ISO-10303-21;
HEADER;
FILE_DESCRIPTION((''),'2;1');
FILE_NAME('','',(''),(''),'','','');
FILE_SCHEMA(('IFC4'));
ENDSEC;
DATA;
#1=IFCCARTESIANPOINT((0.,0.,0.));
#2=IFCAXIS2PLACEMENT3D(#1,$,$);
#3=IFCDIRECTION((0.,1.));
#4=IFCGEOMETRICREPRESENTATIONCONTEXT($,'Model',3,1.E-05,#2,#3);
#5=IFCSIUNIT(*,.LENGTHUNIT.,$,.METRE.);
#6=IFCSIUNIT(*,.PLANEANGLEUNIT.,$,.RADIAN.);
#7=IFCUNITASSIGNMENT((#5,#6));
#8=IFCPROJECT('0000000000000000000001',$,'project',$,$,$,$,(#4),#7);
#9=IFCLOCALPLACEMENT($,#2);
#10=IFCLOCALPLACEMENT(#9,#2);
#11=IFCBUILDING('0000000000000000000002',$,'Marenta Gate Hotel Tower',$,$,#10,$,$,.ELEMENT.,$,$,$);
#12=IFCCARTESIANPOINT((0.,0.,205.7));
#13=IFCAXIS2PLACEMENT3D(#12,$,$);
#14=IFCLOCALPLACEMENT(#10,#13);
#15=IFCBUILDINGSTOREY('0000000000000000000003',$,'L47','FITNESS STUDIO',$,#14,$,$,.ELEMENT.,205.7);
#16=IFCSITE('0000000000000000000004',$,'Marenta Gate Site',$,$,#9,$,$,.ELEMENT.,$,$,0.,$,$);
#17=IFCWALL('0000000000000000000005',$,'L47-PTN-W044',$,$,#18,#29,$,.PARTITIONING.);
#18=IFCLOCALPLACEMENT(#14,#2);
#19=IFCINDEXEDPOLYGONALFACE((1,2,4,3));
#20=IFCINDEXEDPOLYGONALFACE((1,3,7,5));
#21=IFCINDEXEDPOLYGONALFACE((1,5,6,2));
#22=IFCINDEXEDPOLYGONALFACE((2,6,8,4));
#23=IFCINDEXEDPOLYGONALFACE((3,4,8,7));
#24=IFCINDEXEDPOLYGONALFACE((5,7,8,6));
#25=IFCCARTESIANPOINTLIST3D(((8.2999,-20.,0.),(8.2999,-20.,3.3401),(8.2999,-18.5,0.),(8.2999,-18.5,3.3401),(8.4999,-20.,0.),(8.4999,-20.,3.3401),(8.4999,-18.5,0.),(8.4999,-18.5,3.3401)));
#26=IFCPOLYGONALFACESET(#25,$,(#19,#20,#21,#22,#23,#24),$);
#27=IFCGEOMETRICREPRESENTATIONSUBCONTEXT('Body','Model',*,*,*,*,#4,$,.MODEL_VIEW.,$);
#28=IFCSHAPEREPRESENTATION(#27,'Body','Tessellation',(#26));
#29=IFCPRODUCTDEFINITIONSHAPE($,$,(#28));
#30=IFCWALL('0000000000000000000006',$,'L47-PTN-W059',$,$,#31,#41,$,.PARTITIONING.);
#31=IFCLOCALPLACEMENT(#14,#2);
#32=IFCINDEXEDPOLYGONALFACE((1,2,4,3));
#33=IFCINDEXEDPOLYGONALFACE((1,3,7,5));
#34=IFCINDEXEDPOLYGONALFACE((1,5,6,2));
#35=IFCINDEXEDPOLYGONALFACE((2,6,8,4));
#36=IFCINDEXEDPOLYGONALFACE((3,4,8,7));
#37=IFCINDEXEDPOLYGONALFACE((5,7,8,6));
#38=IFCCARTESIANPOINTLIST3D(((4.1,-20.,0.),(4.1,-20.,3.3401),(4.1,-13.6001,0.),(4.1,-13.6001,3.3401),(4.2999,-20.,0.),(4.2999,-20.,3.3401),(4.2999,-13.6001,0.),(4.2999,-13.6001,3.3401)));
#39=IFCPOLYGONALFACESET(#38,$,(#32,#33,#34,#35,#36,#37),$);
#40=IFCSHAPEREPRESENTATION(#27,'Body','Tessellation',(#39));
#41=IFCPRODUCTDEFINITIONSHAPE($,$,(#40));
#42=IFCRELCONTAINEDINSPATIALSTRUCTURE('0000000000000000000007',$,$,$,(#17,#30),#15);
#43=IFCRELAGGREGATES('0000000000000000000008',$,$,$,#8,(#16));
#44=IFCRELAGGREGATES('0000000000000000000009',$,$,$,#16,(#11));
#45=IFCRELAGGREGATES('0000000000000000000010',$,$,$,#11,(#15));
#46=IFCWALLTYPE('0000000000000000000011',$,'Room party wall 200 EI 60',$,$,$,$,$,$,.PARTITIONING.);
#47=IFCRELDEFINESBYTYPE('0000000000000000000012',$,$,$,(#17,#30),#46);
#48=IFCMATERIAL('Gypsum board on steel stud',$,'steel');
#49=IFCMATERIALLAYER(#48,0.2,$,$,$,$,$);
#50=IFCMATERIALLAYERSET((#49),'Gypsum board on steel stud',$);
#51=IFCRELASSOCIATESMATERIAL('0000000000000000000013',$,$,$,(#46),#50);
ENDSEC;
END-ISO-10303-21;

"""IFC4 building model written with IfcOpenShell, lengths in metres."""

from ifc_helpers import new_model, si_unit, direction, frame, frame_2d, origin, place, context, subcontext, project, spatial, rectangle, extrude, material, layer, layer_set, type_object, element, save


model = new_model("IFC4")

# Units and contexts
model_context = context("Model", 3, precision=1e-05, world=origin(), true_north=direction((0.0, 1.0)))
body_context = subcontext(model_context, "Body", "Model", "MODEL_VIEW")
ifc_project = project(units=[si_unit("LENGTHUNIT", "METRE"), si_unit("PLANEANGLEUNIT", "RADIAN")], contexts=[model_context])

# Site, building, storey
site_placement = place(None, origin())
site = spatial("IfcSite", under=ifc_project, at=site_placement, Name="Marenta Gate Site", CompositionType="ELEMENT", RefElevation=0.0)
building_placement = place(site_placement, origin())
building = spatial("IfcBuilding", under=site, at=building_placement, Name="Marenta Gate Hotel Tower", CompositionType="ELEMENT")
storey_placement = place(building_placement, frame((0.0, 0.0, 205.7)))
storey = spatial("IfcBuildingStorey", under=building, at=storey_placement, Name="L47", Description="FITNESS STUDIO", CompositionType="ELEMENT", Elevation=205.7)

# Walls
ifc_material_1 = material(Name="Gypsum board on steel stud", Category="steel")
ifc_layer_1 = layer(ifc_material_1, 0.2)
ifc_layer_set_1 = layer_set([ifc_layer_1], Name="Gypsum board on steel stud")
wall_type_1 = type_object("IfcWallType", Name="Room party wall 200 EI 60", PredefinedType="PARTITIONING", material=ifc_layer_set_1)
wall_1_placement = place(storey_placement, frame((8.3999, -20.0, 0.0), z_axis=(0.0, 0.0, 1.0), x_axis=(0.0, 1.0, 0.0)))
element("IfcWall", 1, at=wall_1_placement, inside=storey, type_object=wall_type_1, Name="L47-PTN-W044", PredefinedType="PARTITIONING", context=body_context, shape_type="SweptSolid", body=[
    extrude(rectangle(XDim=1.5, YDim=0.2, at=frame_2d((0.75, 0.0))), origin(), (0.0, 0.0, 1.0), 3.3401),
])
wall_2_placement = place(storey_placement, frame((4.2, -20.0, 0.0), z_axis=(0.0, 0.0, 1.0), x_axis=(0.0, 1.0, 0.0)))
element("IfcWall", 2, at=wall_2_placement, inside=storey, type_object=wall_type_1, Name="L47-PTN-W059", PredefinedType="PARTITIONING", context=body_context, shape_type="SweptSolid", body=[
    extrude(rectangle(XDim=6.3999, YDim=0.2, at=frame_2d((3.2, 0.0))), origin(), (0.0, 0.0, 1.0), 3.3401),
])

save(model, "model.ifc")
